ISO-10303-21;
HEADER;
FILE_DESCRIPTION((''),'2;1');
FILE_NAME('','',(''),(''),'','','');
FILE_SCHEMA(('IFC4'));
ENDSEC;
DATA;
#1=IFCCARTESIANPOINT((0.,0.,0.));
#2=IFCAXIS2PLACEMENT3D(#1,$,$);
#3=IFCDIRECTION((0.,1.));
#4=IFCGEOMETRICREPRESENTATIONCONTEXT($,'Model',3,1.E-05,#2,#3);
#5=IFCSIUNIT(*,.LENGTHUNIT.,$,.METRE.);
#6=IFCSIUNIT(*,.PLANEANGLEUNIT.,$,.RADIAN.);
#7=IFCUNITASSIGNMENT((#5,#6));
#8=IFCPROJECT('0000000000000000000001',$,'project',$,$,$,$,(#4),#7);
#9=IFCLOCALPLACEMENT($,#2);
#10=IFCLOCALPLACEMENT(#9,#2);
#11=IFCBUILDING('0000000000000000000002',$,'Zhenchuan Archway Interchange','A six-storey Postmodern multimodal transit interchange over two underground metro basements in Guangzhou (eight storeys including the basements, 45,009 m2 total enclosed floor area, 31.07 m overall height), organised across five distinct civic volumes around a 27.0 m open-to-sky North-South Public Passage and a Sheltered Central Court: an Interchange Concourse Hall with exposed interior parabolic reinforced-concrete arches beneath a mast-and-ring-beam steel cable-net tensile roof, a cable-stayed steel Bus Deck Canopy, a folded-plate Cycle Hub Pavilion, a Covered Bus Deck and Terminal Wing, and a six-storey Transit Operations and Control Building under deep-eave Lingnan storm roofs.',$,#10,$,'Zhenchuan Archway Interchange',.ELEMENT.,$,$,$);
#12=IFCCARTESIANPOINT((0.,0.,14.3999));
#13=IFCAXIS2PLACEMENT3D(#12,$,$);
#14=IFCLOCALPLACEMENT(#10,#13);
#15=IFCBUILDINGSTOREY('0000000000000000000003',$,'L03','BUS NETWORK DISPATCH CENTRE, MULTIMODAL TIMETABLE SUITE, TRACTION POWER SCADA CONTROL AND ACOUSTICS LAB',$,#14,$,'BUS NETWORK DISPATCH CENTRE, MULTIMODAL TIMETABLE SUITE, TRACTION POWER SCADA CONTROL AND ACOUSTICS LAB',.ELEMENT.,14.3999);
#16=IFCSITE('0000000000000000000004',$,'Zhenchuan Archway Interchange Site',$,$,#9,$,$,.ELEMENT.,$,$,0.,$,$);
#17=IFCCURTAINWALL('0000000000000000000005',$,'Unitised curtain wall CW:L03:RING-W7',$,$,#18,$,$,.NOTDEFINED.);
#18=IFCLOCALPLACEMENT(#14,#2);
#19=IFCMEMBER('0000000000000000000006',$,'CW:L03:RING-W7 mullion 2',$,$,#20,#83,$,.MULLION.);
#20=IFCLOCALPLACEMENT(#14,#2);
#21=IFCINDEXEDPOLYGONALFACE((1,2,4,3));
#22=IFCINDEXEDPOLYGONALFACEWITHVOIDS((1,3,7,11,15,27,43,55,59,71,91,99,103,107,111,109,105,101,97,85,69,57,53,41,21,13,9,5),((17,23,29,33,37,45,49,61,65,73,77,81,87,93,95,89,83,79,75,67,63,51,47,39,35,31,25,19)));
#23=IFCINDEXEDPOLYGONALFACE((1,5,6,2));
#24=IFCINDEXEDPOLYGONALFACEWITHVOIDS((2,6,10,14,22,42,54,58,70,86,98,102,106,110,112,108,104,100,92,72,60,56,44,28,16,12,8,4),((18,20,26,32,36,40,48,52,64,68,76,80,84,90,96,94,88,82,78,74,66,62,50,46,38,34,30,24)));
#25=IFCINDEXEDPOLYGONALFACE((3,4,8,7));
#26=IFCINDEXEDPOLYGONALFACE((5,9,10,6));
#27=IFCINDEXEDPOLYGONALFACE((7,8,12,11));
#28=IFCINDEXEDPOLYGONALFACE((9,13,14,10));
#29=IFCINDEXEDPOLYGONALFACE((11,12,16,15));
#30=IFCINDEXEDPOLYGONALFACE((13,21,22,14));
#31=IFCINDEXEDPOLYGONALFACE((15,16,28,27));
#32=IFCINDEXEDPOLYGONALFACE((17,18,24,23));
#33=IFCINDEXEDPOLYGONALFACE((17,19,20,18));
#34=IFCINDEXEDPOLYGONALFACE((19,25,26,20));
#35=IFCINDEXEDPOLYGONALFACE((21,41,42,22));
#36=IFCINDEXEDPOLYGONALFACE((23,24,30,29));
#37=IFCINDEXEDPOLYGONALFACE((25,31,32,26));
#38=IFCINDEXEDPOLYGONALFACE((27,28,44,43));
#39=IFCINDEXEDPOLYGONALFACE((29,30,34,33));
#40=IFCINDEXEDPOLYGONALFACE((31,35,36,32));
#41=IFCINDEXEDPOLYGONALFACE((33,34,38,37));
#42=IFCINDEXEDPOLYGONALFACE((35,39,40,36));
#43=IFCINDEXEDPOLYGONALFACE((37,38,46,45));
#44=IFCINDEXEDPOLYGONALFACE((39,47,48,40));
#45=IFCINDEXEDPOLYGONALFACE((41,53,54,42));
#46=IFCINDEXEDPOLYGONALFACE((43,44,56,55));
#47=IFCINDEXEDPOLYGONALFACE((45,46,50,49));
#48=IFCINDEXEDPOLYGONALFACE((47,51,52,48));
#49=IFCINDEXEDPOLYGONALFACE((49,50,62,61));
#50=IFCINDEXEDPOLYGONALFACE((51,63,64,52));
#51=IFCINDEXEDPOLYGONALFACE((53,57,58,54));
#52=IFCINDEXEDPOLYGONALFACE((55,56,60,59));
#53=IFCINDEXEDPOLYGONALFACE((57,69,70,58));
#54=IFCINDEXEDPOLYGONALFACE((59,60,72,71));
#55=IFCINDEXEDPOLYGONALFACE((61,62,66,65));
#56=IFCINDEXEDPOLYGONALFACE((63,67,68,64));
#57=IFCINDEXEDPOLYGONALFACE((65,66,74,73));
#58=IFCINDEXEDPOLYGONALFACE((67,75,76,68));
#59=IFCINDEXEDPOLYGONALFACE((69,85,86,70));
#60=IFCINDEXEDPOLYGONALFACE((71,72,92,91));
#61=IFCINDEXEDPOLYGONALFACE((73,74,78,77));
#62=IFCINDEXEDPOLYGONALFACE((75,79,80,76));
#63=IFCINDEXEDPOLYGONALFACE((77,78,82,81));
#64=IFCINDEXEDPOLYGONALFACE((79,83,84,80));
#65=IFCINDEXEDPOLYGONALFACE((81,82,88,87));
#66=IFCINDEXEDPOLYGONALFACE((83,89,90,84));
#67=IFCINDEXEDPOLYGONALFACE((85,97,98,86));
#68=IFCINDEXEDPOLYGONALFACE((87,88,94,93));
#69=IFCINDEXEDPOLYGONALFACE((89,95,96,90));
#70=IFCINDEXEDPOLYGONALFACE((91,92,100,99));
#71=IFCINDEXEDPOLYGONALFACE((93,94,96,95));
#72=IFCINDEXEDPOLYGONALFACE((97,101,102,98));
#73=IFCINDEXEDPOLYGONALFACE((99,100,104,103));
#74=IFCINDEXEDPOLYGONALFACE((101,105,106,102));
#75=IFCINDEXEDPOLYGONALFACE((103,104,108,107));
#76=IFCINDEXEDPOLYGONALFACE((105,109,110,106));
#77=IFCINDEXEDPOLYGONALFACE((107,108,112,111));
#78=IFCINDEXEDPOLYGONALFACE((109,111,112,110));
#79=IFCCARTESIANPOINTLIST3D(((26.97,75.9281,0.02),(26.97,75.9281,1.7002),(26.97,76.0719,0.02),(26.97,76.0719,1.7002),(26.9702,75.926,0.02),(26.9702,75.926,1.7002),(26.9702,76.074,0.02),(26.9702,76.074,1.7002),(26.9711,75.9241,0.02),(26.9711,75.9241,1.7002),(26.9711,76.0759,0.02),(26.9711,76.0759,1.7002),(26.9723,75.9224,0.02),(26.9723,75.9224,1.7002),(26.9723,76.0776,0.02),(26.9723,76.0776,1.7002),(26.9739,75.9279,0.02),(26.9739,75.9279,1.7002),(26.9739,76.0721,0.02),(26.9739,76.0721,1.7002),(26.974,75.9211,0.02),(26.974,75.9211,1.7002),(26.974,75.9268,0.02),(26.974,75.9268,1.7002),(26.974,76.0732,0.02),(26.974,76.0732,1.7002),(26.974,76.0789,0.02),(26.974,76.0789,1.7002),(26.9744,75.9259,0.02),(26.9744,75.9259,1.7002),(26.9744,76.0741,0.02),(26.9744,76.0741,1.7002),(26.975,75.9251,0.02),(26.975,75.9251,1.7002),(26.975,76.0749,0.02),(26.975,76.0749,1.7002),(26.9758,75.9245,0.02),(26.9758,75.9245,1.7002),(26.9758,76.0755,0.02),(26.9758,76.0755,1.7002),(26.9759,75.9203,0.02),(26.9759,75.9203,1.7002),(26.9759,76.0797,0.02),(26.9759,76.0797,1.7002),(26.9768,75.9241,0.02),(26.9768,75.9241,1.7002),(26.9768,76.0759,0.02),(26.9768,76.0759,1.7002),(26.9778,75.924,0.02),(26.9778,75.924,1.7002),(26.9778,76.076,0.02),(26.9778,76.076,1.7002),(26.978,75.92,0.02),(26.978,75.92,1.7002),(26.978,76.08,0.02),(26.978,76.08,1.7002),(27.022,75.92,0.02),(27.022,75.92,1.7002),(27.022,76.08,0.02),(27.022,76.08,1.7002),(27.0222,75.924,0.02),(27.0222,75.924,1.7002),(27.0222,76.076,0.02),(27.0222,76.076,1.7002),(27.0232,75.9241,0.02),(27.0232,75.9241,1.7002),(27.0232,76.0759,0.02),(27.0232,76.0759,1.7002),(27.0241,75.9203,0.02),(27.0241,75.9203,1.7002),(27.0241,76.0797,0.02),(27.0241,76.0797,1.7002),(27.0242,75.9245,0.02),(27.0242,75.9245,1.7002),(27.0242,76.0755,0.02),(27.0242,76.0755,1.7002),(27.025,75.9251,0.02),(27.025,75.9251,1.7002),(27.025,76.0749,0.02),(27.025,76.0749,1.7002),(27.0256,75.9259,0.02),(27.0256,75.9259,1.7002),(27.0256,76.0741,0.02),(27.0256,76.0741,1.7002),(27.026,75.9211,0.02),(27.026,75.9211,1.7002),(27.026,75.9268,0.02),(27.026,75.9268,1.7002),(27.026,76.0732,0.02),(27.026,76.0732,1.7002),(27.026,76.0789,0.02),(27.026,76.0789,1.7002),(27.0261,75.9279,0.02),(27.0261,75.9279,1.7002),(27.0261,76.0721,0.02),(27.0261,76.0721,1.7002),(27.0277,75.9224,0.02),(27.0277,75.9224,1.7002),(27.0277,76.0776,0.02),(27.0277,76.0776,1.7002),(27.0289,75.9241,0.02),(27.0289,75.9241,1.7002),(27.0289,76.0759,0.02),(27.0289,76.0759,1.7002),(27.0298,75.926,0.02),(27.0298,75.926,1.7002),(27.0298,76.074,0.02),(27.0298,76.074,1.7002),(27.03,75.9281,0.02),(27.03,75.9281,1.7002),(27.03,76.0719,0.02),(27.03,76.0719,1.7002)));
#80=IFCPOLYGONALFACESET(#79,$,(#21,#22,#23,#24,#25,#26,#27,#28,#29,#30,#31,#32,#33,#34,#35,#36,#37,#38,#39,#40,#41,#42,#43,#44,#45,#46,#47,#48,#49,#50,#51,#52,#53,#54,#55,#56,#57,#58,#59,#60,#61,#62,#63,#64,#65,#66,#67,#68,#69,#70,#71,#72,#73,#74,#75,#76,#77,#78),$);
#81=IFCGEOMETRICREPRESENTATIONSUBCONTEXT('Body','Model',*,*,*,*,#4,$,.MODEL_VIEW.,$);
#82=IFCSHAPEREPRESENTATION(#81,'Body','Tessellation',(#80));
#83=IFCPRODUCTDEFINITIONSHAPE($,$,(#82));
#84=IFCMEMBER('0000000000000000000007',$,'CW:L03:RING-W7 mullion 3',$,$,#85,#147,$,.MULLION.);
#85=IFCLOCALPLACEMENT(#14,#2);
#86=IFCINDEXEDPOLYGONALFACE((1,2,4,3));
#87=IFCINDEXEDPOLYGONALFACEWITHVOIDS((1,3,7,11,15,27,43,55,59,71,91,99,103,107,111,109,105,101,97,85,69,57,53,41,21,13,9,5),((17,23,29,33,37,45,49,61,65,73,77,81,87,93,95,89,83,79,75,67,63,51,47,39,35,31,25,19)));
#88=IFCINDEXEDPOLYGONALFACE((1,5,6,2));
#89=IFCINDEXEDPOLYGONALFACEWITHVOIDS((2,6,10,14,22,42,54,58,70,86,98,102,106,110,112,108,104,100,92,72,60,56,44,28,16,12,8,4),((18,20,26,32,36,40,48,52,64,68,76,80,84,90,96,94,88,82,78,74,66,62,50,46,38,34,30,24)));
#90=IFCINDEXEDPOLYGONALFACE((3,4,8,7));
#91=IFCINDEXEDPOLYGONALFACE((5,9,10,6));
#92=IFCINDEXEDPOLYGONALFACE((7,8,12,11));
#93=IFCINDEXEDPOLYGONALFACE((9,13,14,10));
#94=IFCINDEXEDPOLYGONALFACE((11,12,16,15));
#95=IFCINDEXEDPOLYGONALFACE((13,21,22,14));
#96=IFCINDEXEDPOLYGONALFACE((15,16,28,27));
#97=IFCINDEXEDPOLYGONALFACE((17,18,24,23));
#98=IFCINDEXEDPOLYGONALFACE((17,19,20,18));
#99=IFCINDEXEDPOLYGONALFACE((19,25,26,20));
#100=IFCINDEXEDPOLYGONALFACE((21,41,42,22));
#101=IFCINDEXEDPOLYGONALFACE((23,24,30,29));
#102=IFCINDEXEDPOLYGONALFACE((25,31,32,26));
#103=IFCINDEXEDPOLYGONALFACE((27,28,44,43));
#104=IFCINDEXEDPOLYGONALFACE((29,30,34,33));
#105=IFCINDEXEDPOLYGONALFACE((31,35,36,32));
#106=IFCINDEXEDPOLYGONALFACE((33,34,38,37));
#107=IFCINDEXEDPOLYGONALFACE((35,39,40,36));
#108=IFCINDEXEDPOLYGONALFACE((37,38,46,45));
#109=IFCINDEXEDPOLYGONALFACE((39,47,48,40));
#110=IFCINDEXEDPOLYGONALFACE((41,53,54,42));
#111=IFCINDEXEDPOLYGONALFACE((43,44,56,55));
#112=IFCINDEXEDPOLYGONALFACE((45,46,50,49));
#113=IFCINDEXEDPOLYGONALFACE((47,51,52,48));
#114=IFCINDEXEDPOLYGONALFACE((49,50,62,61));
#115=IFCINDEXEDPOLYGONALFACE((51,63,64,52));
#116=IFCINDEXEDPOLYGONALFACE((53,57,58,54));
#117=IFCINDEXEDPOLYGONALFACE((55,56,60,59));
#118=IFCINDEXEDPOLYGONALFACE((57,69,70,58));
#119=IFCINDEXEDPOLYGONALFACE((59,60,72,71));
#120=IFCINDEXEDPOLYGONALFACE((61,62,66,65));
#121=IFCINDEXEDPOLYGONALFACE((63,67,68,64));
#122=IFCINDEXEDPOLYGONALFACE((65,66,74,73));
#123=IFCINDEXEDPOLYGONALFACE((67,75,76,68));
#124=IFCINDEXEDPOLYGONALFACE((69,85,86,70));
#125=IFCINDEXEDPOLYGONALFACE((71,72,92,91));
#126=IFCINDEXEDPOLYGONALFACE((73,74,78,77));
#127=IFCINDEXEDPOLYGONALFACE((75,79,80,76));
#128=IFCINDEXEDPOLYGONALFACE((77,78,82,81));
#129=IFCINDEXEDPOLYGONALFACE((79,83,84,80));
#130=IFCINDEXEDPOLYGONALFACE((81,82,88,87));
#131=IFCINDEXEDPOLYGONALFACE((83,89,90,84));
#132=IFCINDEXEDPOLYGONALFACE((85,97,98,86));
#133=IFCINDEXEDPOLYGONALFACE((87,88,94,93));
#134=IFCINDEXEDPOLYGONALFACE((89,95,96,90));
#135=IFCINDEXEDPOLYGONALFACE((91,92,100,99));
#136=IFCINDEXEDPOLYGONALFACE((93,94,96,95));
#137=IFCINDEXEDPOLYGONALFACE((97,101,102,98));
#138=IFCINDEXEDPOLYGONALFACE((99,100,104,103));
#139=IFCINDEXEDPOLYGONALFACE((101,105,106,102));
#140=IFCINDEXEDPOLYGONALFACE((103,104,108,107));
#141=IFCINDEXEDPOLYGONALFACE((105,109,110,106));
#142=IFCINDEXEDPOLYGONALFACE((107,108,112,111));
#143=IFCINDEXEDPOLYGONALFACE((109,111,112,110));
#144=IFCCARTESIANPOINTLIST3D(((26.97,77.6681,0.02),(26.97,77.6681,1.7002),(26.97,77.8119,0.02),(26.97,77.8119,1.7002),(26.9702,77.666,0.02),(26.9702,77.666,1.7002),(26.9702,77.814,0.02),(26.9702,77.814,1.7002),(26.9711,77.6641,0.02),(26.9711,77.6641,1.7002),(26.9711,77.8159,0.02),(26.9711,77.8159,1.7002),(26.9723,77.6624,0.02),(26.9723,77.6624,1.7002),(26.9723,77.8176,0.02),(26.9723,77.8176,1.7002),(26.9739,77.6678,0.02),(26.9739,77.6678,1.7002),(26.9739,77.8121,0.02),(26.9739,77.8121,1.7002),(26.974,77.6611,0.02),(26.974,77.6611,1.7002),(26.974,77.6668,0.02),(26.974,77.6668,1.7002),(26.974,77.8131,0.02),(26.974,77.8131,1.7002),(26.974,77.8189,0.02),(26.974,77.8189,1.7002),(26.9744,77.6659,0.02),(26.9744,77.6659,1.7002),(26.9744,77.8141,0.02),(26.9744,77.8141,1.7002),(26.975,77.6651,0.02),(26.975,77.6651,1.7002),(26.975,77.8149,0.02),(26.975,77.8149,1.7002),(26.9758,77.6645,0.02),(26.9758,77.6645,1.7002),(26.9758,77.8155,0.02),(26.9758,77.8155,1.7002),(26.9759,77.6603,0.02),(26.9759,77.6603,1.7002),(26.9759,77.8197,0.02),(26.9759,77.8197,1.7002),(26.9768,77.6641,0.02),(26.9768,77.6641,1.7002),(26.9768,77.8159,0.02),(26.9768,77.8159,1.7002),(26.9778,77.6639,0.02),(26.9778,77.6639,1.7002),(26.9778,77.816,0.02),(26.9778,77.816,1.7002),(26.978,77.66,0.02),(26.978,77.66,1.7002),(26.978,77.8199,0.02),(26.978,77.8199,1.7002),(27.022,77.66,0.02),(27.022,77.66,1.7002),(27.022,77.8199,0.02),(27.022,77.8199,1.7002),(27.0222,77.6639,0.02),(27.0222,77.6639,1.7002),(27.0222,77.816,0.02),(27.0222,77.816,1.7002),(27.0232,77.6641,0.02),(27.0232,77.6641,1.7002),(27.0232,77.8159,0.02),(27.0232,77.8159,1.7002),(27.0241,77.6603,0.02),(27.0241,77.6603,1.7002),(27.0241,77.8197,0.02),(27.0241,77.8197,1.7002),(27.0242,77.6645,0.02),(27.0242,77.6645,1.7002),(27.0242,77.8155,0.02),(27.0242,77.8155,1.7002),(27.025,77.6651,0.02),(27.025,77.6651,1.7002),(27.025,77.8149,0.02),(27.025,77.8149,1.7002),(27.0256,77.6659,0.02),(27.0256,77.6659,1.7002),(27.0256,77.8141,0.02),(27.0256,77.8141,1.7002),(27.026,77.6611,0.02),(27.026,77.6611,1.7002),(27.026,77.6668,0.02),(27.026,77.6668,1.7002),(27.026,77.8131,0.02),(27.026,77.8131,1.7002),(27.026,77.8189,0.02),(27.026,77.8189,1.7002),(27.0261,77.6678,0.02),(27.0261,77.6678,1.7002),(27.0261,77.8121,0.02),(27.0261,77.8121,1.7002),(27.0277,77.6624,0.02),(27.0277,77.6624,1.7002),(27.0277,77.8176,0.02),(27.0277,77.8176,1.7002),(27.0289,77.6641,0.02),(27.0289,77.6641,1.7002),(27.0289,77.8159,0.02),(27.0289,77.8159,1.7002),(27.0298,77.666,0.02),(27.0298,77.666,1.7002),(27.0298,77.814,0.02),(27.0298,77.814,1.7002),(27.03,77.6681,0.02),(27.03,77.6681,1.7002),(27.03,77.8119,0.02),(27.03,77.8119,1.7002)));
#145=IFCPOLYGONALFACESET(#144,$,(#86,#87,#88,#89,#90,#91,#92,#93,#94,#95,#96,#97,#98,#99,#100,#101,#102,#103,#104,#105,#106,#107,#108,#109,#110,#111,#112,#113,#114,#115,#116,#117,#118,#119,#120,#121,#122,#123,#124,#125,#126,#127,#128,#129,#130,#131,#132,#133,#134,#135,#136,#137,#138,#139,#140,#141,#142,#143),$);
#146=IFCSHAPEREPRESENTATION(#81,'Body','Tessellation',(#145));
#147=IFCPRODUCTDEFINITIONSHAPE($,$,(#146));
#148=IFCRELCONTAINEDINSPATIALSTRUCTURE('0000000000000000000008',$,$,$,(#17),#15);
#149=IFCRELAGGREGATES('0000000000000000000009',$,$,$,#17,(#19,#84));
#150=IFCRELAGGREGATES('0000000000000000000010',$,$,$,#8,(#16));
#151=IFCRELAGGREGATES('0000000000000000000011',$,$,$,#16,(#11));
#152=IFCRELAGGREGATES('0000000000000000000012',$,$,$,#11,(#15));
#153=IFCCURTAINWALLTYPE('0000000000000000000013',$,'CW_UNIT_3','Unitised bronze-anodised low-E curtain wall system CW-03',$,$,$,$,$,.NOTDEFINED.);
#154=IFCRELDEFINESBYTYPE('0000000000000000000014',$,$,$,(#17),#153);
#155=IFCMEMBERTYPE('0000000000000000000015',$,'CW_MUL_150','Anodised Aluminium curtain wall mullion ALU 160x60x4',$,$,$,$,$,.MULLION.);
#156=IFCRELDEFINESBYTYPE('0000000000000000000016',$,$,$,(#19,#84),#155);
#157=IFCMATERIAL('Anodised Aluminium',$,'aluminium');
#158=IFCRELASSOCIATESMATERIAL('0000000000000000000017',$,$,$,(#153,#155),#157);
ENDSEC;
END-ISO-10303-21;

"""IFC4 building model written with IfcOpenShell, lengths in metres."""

from ifc_helpers import new_model, si_unit, direction, frame, origin, origin_2d, place, context, subcontext, project, spatial, hollow_rectangle, extrude, material, material_profile, profile_set, type_object, element, aggregate, save


model = new_model("IFC4")

# Units and contexts
model_context = context("Model", 3, precision=1e-05, world=origin(), true_north=direction((0.0, 1.0)))
body_context = subcontext(model_context, "Body", "Model", "MODEL_VIEW")
ifc_project = project(units=[si_unit("LENGTHUNIT", "METRE"), si_unit("PLANEANGLEUNIT", "RADIAN")], contexts=[model_context])

# Site, building, storey
site_placement = place(None, origin())
site = spatial("IfcSite", under=ifc_project, at=site_placement, Name="Zhenchuan Archway Interchange Site", CompositionType="ELEMENT", RefElevation=0.0)
building_placement = place(site_placement, origin())
building = spatial("IfcBuilding", under=site, at=building_placement, Name="Zhenchuan Archway Interchange", Description="A six-storey Postmodern multimodal transit interchange over two underground metro basements in Guangzhou (eight storeys including the basements, 45,009 m2 total enclosed floor area, 31.07 m overall height), organised across five distinct civic volumes around a 27.0 m open-to-sky North-South Public Passage and a Sheltered Central Court: an Interchange Concourse Hall with exposed interior parabolic reinforced-concrete arches beneath a mast-and-ring-beam steel cable-net tensile roof, a cable-stayed steel Bus Deck Canopy, a folded-plate Cycle Hub Pavilion, a Covered Bus Deck and Terminal Wing, and a six-storey Transit Operations and Control Building under deep-eave Lingnan storm roofs.", LongName="Zhenchuan Archway Interchange", CompositionType="ELEMENT")
storey_placement = place(building_placement, frame((0.0, 0.0, 14.3999)))
storey = spatial("IfcBuildingStorey", under=building, at=storey_placement, Name="L03", Description="BUS NETWORK DISPATCH CENTRE, MULTIMODAL TIMETABLE SUITE, TRACTION POWER SCADA CONTROL AND ACOUSTICS LAB", LongName="BUS NETWORK DISPATCH CENTRE, MULTIMODAL TIMETABLE SUITE, TRACTION POWER SCADA CONTROL AND ACOUSTICS LAB", CompositionType="ELEMENT", Elevation=14.3999)

# Curtain wall, members
ifc_material_1 = material(Name="Anodised Aluminium", Category="aluminium")
curtain_wall_type = type_object("IfcCurtainWallType", Name="CW_UNIT_3", Description="Unitised bronze-anodised low-E curtain wall system CW-03", PredefinedType="NOTDEFINED", material=ifc_material_1)
curtain_wall_placement = place(storey_placement, origin())
curtain_wall = element("IfcCurtainWall", 1, at=curtain_wall_placement, inside=storey, type_object=curtain_wall_type, Name="Unitised curtain wall CW:L03:RING-W7", PredefinedType="NOTDEFINED")
ifc_material_profile_1 = material_profile(ifc_material_1, hollow_rectangle(XDim=0.0601, YDim=0.1599, WallThickness=0.0039, InnerFilletRadius=0.0039, OuterFilletRadius=0.0081, at=origin_2d()), Name="ALU 160x60x4")
ifc_profile_set_1 = profile_set([ifc_material_profile_1], Name="Anodised Aluminium")
member_type_1 = type_object("IfcMemberType", Name="CW_MUL_150", Description="Anodised Aluminium curtain wall mullion ALU 160x60x4", PredefinedType="MULLION", material=ifc_profile_set_1)
member_1_placement = place(storey_placement, frame((27.0, 76.0, 0.02), z_axis=(0.0, 0.0, 1.0), x_axis=(1.0, 0.0, 0.0)))
member_1 = element("IfcMember", 2, at=member_1_placement, type_object=member_type_1, Name="CW:L03:RING-W7 mullion 2", PredefinedType="MULLION", context=body_context, shape_type="SweptSolid", body=[
    extrude(hollow_rectangle(XDim=0.0601, YDim=0.1599, WallThickness=0.0039, InnerFilletRadius=0.0039, OuterFilletRadius=0.0081, at=origin_2d()), origin(), (0.0, 0.0, 1.0), 1.6802),
])
member_2_placement = place(storey_placement, frame((27.0, 77.74, 0.02), z_axis=(0.0, 0.0, 1.0), x_axis=(1.0, 0.0, 0.0)))
member_2 = element("IfcMember", 3, at=member_2_placement, type_object=member_type_1, Name="CW:L03:RING-W7 mullion 3", PredefinedType="MULLION", context=body_context, shape_type="SweptSolid", body=[
    extrude(hollow_rectangle(XDim=0.0601, YDim=0.1599, WallThickness=0.0039, InnerFilletRadius=0.0039, OuterFilletRadius=0.0081, at=origin_2d()), origin(), (0.0, 0.0, 1.0), 1.6802),
])

aggregate(curtain_wall, [member_1, member_2])

save(model, "model.ifc")
